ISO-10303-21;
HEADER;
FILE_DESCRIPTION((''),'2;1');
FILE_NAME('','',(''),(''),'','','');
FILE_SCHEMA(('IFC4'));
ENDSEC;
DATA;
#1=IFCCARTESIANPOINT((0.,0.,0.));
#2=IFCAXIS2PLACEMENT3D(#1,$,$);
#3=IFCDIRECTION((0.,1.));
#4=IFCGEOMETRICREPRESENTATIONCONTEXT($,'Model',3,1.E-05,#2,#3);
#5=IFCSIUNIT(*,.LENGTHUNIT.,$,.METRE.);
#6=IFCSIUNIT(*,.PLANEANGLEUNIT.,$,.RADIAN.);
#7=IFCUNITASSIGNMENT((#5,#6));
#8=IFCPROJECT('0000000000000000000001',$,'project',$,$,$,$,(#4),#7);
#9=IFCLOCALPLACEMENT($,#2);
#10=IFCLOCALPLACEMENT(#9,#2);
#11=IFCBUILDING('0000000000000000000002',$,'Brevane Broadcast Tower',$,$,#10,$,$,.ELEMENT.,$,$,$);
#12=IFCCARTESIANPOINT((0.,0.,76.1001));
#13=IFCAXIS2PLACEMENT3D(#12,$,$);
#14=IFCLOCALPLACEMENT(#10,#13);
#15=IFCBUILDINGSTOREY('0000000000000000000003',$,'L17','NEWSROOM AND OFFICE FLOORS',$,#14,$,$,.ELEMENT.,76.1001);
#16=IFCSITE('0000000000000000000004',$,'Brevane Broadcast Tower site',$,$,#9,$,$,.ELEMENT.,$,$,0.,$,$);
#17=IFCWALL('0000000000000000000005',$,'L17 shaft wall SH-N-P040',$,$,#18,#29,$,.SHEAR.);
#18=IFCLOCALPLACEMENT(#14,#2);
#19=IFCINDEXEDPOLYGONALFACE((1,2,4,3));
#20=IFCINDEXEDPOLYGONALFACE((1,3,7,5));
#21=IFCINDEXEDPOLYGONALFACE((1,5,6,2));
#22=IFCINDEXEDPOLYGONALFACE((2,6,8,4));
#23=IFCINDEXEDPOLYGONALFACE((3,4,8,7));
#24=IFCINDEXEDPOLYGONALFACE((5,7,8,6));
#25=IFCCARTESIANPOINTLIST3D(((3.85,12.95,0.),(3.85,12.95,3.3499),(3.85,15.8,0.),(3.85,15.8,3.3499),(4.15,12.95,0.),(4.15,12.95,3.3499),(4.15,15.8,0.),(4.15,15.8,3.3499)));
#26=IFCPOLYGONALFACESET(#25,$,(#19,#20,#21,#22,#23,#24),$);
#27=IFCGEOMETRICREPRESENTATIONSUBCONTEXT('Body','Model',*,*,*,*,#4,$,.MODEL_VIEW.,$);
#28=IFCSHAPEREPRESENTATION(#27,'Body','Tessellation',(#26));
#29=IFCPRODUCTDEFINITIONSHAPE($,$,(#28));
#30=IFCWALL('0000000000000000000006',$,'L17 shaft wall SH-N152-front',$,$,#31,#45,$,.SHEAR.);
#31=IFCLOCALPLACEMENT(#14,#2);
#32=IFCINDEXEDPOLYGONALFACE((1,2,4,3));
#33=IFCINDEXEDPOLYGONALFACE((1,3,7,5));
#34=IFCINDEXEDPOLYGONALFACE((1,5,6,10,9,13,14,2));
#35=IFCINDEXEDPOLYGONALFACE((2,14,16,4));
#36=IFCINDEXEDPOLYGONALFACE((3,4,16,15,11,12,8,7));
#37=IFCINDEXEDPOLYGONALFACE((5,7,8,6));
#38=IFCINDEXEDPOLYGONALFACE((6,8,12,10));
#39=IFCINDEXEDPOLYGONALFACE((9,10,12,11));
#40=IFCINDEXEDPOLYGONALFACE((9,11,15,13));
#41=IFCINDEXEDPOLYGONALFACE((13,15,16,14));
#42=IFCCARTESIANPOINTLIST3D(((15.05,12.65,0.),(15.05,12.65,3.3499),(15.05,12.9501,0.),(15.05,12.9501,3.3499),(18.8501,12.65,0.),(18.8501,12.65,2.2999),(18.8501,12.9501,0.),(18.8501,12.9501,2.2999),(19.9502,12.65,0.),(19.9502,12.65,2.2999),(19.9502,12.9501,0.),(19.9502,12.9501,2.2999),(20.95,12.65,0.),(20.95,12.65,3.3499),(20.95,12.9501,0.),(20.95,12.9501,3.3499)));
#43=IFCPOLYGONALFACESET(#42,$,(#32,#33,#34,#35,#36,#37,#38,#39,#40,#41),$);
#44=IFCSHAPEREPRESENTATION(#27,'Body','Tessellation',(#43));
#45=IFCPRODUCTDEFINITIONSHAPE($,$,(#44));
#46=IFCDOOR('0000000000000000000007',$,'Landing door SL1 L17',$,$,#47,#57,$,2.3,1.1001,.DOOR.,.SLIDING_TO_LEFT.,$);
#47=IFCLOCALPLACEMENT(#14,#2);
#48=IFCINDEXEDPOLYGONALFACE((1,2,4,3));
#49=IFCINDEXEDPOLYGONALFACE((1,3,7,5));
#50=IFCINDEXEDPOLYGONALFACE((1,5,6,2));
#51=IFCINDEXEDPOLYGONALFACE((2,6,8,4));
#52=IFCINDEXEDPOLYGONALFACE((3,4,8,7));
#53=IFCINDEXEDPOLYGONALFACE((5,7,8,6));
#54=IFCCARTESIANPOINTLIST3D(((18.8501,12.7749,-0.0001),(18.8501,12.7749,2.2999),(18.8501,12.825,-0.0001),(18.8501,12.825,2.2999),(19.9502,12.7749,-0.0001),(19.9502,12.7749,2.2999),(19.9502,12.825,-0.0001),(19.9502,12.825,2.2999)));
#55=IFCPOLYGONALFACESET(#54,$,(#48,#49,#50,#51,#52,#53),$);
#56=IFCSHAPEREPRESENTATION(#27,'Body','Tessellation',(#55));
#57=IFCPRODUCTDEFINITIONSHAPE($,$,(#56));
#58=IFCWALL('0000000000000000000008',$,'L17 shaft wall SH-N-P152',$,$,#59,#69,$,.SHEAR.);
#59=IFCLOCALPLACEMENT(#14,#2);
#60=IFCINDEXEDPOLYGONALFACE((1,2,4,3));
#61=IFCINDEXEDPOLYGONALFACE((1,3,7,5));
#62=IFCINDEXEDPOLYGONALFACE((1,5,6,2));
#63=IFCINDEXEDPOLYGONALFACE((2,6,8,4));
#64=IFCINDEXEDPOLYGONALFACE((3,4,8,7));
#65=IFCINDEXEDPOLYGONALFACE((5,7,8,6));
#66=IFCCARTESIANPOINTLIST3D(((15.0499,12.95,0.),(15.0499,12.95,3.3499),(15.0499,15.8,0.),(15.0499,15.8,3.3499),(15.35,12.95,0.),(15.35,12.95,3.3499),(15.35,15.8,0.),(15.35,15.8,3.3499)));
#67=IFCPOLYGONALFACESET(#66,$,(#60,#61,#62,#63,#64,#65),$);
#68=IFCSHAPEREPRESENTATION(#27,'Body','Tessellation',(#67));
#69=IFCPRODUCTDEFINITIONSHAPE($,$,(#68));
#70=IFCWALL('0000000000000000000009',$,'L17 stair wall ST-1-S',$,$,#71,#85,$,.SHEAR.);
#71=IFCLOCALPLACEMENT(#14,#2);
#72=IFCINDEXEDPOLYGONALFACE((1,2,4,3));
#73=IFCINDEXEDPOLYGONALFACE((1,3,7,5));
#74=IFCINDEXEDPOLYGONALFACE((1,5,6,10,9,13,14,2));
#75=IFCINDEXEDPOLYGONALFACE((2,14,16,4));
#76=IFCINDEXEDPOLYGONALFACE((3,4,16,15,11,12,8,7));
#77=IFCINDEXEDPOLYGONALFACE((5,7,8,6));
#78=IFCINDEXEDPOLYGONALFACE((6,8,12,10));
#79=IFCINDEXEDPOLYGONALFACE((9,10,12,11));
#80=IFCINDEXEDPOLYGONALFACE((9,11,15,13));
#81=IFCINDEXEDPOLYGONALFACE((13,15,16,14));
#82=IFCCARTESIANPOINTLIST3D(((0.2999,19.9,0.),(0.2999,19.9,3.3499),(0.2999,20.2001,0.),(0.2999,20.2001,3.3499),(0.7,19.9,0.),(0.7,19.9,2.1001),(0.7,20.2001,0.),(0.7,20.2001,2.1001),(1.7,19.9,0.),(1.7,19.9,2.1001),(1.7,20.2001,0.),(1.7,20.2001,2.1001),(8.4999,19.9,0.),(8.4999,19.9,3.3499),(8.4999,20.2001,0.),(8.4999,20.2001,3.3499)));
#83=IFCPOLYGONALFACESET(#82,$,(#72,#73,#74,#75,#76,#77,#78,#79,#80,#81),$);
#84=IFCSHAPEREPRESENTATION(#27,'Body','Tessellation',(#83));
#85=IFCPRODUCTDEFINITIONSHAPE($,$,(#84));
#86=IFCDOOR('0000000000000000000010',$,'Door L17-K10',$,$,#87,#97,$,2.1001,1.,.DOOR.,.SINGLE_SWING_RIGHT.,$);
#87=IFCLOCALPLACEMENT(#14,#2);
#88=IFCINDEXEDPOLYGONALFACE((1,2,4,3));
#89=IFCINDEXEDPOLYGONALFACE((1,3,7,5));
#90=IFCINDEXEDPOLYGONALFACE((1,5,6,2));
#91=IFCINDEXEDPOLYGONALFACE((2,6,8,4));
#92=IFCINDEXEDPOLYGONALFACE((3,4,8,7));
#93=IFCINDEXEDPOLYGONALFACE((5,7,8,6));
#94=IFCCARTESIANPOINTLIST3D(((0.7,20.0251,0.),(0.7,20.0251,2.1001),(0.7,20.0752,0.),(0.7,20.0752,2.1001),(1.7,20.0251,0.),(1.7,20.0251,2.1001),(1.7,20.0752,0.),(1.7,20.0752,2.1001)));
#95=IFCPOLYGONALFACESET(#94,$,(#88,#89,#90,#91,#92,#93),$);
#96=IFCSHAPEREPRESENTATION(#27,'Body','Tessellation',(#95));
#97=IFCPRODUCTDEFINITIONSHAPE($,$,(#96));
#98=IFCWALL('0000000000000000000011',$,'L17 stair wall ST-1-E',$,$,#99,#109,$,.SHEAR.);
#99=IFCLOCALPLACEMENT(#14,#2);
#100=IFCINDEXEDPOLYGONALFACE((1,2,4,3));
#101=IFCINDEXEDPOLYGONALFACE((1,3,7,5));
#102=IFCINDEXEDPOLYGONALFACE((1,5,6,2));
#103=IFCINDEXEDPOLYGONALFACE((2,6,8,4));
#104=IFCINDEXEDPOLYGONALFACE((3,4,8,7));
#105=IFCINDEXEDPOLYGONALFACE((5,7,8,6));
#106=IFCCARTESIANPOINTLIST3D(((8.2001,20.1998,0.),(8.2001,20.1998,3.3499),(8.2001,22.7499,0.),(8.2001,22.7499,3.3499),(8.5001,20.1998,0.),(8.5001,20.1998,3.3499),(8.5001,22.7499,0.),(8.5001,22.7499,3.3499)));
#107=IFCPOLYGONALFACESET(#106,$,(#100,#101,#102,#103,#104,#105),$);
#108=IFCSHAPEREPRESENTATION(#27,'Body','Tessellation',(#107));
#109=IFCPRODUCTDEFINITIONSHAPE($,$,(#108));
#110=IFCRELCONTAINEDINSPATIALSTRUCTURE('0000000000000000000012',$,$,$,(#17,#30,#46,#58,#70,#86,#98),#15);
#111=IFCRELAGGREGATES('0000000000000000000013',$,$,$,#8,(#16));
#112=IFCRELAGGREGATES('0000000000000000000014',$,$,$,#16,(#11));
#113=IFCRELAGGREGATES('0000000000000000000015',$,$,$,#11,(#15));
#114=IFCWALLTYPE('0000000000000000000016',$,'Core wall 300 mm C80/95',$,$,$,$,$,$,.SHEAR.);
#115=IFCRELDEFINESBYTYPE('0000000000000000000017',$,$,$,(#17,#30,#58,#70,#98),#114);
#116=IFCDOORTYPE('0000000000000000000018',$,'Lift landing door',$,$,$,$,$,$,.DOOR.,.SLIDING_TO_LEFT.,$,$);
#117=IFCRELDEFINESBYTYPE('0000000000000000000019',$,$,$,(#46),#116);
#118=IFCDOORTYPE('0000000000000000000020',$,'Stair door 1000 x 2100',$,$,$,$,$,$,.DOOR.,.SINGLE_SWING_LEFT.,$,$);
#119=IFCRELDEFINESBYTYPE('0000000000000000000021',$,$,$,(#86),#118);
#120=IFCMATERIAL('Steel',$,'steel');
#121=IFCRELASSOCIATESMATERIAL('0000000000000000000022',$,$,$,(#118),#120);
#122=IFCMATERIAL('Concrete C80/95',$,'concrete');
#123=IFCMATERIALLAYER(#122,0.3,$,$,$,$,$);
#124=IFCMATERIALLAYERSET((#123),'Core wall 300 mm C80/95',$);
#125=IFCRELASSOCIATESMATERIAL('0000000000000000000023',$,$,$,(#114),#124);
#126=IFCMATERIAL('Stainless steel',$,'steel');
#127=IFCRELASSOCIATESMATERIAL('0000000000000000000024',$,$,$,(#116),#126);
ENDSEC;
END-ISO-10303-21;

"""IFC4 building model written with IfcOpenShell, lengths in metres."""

from ifc_helpers import new_model, si_unit, direction, frame, frame_2d, origin, place, context, subcontext, project, spatial, rectangle, extrude, material, layer, layer_set, type_object, element, fill, save


model = new_model("IFC4")

# Units and contexts
model_context = context("Model", 3, precision=1e-05, world=origin(), true_north=direction((0.0, 1.0)))
body_context = subcontext(model_context, "Body", "Model", "MODEL_VIEW")
ifc_project = project(units=[si_unit("LENGTHUNIT", "METRE"), si_unit("PLANEANGLEUNIT", "RADIAN")], contexts=[model_context])

# Site, building, storey
site_placement = place(None, origin())
site = spatial("IfcSite", under=ifc_project, at=site_placement, Name="Brevane Broadcast Tower site", CompositionType="ELEMENT", RefElevation=0.0)
building_placement = place(site_placement, origin())
building = spatial("IfcBuilding", under=site, at=building_placement, Name="Brevane Broadcast Tower", CompositionType="ELEMENT")
storey_placement = place(building_placement, frame((0.0, 0.0, 76.1001)))
storey = spatial("IfcBuildingStorey", under=building, at=storey_placement, Name="L17", Description="NEWSROOM AND OFFICE FLOORS", CompositionType="ELEMENT", Elevation=76.1001)

# Shared definitions
ifc_material_1 = material(Name="Steel", Category="steel")
door_type_1 = type_object("IfcDoorType", Name="Stair door 1000 x 2100", OperationType="SINGLE_SWING_LEFT", PredefinedType="DOOR", material=ifc_material_1)

# Wall
ifc_material_2 = material(Name="Concrete C80/95", Category="concrete")
ifc_layer_1 = layer(ifc_material_2, 0.3)
ifc_layer_set_1 = layer_set([ifc_layer_1], Name="Core wall 300 mm C80/95")
wall_type_1 = type_object("IfcWallType", Name="Core wall 300 mm C80/95", PredefinedType="SHEAR", material=ifc_layer_set_1)
wall_1_placement = place(storey_placement, frame((4.0, 12.95, 0.0), z_axis=(0.0, 0.0, 1.0), x_axis=(0.0, 1.0, 0.0)))
element("IfcWall", 1, at=wall_1_placement, inside=storey, type_object=wall_type_1, Name="L17 shaft wall SH-N-P040", PredefinedType="SHEAR", context=body_context, shape_type="SweptSolid", body=[
    extrude(rectangle(XDim=2.8501, YDim=0.3, at=frame_2d((1.425, 0.0))), origin(), (0.0, 0.0, 1.0), 3.3499),
])

# Wall, opening, door
wall_2_placement = place(storey_placement, frame((15.05, 12.8, 0.0), z_axis=(0.0, 0.0, 1.0), x_axis=(1.0, 0.0, 0.0)))
wall_2 = element("IfcWall", 2, at=wall_2_placement, inside=storey, type_object=wall_type_1, Name="L17 shaft wall SH-N152-front", PredefinedType="SHEAR", context=body_context, shape_type="SweptSolid", body=[
    extrude(rectangle(XDim=5.8999, YDim=0.3, at=frame_2d((2.95, 0.0))), origin(), (0.0, 0.0, 1.0), 3.3499),
])
opening_1_placement = place(wall_2_placement, frame((3.8, 0.0, 0.0)))
opening_1 = element("IfcOpeningElement", 3, at=opening_1_placement, cuts=wall_2, PredefinedType="OPENING", context=body_context, shape_type="SweptSolid", body=[
    extrude(rectangle(XDim=1.1001, YDim=2.3, at=frame_2d((0.55, 1.1499))), frame((0.0, 0.1599, 0.0), z_axis=(0.0, -1.0, 0.0), x_axis=(1.0, 0.0, 0.0)), (0.0, 0.0, 1.0), 0.3201),
])
ifc_material_3 = material(Name="Stainless steel", Category="steel")
door_type_2 = type_object("IfcDoorType", Name="Lift landing door", OperationType="SLIDING_TO_LEFT", PredefinedType="DOOR", material=ifc_material_3)
door_1_placement = place(opening_1_placement, origin())
door_1 = element("IfcDoor", 4, at=door_1_placement, inside=storey, type_object=door_type_2, Name="Landing door SL1 L17", OperationType="SLIDING_TO_LEFT", OverallHeight=2.3, OverallWidth=1.1001, PredefinedType="DOOR", context=body_context, shape_type="SweptSolid", body=[
    extrude(rectangle(XDim=1.1001, YDim=2.3, at=frame_2d((0.55, 1.1499))), frame((0.0, 0.0249, 0.0), z_axis=(0.0, -1.0, 0.0), x_axis=(1.0, 0.0, 0.0)), (0.0, 0.0, 1.0), 0.05),
])
fill(opening_1, door_1)

# Wall
wall_3_placement = place(storey_placement, frame((15.2, 12.95, 0.0), z_axis=(0.0, 0.0, 1.0), x_axis=(0.0, 1.0, 0.0)))
element("IfcWall", 5, at=wall_3_placement, inside=storey, type_object=wall_type_1, Name="L17 shaft wall SH-N-P152", PredefinedType="SHEAR", context=body_context, shape_type="SweptSolid", body=[
    extrude(rectangle(XDim=2.8501, YDim=0.3, at=frame_2d((1.425, 0.0))), origin(), (0.0, 0.0, 1.0), 3.3499),
])

# Wall, opening, door
wall_4_placement = place(storey_placement, frame((8.5, 20.05, 0.0), z_axis=(0.0, 0.0, 1.0), x_axis=(-1.0, 0.0, 0.0)))
wall_4 = element("IfcWall", 6, at=wall_4_placement, inside=storey, type_object=wall_type_1, Name="L17 stair wall ST-1-S", PredefinedType="SHEAR", context=body_context, shape_type="SweptSolid", body=[
    extrude(rectangle(XDim=8.2, YDim=0.3, at=frame_2d((4.1001, 0.0))), origin(), (0.0, 0.0, 1.0), 3.3499),
])
opening_2_placement = place(wall_4_placement, frame((6.8, 0.0, 0.0)))
opening_2 = element("IfcOpeningElement", 7, at=opening_2_placement, cuts=wall_4, PredefinedType="OPENING", context=body_context, shape_type="SweptSolid", body=[
    extrude(rectangle(XDim=1.0, YDim=2.1001, at=frame_2d((0.5, 1.05))), frame((0.0, 0.1599, 0.0), z_axis=(0.0, -1.0, 0.0), x_axis=(1.0, 0.0, 0.0)), (0.0, 0.0, 1.0), 0.3201),
])
door_2_placement = place(opening_2_placement, origin())
door_2 = element("IfcDoor", 8, at=door_2_placement, inside=storey, type_object=door_type_1, Name="Door L17-K10", OperationType="SINGLE_SWING_RIGHT", OverallHeight=2.1001, OverallWidth=1.0, PredefinedType="DOOR", context=body_context, shape_type="SweptSolid", body=[
    extrude(rectangle(XDim=1.0, YDim=2.1001, at=frame_2d((0.5, 1.05))), frame((0.0, 0.0249, 0.0), z_axis=(0.0, -1.0, 0.0), x_axis=(1.0, 0.0, 0.0)), (0.0, 0.0, 1.0), 0.05),
])
fill(opening_2, door_2)

# Wall
wall_5_placement = place(storey_placement, frame((8.3501, 20.2, 0.0), z_axis=(0.0, 0.0, 1.0), x_axis=(0.0, 1.0, 0.0)))
element("IfcWall", 9, at=wall_5_placement, inside=storey, type_object=wall_type_1, Name="L17 stair wall ST-1-E", PredefinedType="SHEAR", context=body_context, shape_type="SweptSolid", body=[
    extrude(rectangle(XDim=2.55, YDim=0.3, at=frame_2d((1.2749, 0.0))), origin(), (0.0, 0.0, 1.0), 3.3499),
])

save(model, "model.ifc")
